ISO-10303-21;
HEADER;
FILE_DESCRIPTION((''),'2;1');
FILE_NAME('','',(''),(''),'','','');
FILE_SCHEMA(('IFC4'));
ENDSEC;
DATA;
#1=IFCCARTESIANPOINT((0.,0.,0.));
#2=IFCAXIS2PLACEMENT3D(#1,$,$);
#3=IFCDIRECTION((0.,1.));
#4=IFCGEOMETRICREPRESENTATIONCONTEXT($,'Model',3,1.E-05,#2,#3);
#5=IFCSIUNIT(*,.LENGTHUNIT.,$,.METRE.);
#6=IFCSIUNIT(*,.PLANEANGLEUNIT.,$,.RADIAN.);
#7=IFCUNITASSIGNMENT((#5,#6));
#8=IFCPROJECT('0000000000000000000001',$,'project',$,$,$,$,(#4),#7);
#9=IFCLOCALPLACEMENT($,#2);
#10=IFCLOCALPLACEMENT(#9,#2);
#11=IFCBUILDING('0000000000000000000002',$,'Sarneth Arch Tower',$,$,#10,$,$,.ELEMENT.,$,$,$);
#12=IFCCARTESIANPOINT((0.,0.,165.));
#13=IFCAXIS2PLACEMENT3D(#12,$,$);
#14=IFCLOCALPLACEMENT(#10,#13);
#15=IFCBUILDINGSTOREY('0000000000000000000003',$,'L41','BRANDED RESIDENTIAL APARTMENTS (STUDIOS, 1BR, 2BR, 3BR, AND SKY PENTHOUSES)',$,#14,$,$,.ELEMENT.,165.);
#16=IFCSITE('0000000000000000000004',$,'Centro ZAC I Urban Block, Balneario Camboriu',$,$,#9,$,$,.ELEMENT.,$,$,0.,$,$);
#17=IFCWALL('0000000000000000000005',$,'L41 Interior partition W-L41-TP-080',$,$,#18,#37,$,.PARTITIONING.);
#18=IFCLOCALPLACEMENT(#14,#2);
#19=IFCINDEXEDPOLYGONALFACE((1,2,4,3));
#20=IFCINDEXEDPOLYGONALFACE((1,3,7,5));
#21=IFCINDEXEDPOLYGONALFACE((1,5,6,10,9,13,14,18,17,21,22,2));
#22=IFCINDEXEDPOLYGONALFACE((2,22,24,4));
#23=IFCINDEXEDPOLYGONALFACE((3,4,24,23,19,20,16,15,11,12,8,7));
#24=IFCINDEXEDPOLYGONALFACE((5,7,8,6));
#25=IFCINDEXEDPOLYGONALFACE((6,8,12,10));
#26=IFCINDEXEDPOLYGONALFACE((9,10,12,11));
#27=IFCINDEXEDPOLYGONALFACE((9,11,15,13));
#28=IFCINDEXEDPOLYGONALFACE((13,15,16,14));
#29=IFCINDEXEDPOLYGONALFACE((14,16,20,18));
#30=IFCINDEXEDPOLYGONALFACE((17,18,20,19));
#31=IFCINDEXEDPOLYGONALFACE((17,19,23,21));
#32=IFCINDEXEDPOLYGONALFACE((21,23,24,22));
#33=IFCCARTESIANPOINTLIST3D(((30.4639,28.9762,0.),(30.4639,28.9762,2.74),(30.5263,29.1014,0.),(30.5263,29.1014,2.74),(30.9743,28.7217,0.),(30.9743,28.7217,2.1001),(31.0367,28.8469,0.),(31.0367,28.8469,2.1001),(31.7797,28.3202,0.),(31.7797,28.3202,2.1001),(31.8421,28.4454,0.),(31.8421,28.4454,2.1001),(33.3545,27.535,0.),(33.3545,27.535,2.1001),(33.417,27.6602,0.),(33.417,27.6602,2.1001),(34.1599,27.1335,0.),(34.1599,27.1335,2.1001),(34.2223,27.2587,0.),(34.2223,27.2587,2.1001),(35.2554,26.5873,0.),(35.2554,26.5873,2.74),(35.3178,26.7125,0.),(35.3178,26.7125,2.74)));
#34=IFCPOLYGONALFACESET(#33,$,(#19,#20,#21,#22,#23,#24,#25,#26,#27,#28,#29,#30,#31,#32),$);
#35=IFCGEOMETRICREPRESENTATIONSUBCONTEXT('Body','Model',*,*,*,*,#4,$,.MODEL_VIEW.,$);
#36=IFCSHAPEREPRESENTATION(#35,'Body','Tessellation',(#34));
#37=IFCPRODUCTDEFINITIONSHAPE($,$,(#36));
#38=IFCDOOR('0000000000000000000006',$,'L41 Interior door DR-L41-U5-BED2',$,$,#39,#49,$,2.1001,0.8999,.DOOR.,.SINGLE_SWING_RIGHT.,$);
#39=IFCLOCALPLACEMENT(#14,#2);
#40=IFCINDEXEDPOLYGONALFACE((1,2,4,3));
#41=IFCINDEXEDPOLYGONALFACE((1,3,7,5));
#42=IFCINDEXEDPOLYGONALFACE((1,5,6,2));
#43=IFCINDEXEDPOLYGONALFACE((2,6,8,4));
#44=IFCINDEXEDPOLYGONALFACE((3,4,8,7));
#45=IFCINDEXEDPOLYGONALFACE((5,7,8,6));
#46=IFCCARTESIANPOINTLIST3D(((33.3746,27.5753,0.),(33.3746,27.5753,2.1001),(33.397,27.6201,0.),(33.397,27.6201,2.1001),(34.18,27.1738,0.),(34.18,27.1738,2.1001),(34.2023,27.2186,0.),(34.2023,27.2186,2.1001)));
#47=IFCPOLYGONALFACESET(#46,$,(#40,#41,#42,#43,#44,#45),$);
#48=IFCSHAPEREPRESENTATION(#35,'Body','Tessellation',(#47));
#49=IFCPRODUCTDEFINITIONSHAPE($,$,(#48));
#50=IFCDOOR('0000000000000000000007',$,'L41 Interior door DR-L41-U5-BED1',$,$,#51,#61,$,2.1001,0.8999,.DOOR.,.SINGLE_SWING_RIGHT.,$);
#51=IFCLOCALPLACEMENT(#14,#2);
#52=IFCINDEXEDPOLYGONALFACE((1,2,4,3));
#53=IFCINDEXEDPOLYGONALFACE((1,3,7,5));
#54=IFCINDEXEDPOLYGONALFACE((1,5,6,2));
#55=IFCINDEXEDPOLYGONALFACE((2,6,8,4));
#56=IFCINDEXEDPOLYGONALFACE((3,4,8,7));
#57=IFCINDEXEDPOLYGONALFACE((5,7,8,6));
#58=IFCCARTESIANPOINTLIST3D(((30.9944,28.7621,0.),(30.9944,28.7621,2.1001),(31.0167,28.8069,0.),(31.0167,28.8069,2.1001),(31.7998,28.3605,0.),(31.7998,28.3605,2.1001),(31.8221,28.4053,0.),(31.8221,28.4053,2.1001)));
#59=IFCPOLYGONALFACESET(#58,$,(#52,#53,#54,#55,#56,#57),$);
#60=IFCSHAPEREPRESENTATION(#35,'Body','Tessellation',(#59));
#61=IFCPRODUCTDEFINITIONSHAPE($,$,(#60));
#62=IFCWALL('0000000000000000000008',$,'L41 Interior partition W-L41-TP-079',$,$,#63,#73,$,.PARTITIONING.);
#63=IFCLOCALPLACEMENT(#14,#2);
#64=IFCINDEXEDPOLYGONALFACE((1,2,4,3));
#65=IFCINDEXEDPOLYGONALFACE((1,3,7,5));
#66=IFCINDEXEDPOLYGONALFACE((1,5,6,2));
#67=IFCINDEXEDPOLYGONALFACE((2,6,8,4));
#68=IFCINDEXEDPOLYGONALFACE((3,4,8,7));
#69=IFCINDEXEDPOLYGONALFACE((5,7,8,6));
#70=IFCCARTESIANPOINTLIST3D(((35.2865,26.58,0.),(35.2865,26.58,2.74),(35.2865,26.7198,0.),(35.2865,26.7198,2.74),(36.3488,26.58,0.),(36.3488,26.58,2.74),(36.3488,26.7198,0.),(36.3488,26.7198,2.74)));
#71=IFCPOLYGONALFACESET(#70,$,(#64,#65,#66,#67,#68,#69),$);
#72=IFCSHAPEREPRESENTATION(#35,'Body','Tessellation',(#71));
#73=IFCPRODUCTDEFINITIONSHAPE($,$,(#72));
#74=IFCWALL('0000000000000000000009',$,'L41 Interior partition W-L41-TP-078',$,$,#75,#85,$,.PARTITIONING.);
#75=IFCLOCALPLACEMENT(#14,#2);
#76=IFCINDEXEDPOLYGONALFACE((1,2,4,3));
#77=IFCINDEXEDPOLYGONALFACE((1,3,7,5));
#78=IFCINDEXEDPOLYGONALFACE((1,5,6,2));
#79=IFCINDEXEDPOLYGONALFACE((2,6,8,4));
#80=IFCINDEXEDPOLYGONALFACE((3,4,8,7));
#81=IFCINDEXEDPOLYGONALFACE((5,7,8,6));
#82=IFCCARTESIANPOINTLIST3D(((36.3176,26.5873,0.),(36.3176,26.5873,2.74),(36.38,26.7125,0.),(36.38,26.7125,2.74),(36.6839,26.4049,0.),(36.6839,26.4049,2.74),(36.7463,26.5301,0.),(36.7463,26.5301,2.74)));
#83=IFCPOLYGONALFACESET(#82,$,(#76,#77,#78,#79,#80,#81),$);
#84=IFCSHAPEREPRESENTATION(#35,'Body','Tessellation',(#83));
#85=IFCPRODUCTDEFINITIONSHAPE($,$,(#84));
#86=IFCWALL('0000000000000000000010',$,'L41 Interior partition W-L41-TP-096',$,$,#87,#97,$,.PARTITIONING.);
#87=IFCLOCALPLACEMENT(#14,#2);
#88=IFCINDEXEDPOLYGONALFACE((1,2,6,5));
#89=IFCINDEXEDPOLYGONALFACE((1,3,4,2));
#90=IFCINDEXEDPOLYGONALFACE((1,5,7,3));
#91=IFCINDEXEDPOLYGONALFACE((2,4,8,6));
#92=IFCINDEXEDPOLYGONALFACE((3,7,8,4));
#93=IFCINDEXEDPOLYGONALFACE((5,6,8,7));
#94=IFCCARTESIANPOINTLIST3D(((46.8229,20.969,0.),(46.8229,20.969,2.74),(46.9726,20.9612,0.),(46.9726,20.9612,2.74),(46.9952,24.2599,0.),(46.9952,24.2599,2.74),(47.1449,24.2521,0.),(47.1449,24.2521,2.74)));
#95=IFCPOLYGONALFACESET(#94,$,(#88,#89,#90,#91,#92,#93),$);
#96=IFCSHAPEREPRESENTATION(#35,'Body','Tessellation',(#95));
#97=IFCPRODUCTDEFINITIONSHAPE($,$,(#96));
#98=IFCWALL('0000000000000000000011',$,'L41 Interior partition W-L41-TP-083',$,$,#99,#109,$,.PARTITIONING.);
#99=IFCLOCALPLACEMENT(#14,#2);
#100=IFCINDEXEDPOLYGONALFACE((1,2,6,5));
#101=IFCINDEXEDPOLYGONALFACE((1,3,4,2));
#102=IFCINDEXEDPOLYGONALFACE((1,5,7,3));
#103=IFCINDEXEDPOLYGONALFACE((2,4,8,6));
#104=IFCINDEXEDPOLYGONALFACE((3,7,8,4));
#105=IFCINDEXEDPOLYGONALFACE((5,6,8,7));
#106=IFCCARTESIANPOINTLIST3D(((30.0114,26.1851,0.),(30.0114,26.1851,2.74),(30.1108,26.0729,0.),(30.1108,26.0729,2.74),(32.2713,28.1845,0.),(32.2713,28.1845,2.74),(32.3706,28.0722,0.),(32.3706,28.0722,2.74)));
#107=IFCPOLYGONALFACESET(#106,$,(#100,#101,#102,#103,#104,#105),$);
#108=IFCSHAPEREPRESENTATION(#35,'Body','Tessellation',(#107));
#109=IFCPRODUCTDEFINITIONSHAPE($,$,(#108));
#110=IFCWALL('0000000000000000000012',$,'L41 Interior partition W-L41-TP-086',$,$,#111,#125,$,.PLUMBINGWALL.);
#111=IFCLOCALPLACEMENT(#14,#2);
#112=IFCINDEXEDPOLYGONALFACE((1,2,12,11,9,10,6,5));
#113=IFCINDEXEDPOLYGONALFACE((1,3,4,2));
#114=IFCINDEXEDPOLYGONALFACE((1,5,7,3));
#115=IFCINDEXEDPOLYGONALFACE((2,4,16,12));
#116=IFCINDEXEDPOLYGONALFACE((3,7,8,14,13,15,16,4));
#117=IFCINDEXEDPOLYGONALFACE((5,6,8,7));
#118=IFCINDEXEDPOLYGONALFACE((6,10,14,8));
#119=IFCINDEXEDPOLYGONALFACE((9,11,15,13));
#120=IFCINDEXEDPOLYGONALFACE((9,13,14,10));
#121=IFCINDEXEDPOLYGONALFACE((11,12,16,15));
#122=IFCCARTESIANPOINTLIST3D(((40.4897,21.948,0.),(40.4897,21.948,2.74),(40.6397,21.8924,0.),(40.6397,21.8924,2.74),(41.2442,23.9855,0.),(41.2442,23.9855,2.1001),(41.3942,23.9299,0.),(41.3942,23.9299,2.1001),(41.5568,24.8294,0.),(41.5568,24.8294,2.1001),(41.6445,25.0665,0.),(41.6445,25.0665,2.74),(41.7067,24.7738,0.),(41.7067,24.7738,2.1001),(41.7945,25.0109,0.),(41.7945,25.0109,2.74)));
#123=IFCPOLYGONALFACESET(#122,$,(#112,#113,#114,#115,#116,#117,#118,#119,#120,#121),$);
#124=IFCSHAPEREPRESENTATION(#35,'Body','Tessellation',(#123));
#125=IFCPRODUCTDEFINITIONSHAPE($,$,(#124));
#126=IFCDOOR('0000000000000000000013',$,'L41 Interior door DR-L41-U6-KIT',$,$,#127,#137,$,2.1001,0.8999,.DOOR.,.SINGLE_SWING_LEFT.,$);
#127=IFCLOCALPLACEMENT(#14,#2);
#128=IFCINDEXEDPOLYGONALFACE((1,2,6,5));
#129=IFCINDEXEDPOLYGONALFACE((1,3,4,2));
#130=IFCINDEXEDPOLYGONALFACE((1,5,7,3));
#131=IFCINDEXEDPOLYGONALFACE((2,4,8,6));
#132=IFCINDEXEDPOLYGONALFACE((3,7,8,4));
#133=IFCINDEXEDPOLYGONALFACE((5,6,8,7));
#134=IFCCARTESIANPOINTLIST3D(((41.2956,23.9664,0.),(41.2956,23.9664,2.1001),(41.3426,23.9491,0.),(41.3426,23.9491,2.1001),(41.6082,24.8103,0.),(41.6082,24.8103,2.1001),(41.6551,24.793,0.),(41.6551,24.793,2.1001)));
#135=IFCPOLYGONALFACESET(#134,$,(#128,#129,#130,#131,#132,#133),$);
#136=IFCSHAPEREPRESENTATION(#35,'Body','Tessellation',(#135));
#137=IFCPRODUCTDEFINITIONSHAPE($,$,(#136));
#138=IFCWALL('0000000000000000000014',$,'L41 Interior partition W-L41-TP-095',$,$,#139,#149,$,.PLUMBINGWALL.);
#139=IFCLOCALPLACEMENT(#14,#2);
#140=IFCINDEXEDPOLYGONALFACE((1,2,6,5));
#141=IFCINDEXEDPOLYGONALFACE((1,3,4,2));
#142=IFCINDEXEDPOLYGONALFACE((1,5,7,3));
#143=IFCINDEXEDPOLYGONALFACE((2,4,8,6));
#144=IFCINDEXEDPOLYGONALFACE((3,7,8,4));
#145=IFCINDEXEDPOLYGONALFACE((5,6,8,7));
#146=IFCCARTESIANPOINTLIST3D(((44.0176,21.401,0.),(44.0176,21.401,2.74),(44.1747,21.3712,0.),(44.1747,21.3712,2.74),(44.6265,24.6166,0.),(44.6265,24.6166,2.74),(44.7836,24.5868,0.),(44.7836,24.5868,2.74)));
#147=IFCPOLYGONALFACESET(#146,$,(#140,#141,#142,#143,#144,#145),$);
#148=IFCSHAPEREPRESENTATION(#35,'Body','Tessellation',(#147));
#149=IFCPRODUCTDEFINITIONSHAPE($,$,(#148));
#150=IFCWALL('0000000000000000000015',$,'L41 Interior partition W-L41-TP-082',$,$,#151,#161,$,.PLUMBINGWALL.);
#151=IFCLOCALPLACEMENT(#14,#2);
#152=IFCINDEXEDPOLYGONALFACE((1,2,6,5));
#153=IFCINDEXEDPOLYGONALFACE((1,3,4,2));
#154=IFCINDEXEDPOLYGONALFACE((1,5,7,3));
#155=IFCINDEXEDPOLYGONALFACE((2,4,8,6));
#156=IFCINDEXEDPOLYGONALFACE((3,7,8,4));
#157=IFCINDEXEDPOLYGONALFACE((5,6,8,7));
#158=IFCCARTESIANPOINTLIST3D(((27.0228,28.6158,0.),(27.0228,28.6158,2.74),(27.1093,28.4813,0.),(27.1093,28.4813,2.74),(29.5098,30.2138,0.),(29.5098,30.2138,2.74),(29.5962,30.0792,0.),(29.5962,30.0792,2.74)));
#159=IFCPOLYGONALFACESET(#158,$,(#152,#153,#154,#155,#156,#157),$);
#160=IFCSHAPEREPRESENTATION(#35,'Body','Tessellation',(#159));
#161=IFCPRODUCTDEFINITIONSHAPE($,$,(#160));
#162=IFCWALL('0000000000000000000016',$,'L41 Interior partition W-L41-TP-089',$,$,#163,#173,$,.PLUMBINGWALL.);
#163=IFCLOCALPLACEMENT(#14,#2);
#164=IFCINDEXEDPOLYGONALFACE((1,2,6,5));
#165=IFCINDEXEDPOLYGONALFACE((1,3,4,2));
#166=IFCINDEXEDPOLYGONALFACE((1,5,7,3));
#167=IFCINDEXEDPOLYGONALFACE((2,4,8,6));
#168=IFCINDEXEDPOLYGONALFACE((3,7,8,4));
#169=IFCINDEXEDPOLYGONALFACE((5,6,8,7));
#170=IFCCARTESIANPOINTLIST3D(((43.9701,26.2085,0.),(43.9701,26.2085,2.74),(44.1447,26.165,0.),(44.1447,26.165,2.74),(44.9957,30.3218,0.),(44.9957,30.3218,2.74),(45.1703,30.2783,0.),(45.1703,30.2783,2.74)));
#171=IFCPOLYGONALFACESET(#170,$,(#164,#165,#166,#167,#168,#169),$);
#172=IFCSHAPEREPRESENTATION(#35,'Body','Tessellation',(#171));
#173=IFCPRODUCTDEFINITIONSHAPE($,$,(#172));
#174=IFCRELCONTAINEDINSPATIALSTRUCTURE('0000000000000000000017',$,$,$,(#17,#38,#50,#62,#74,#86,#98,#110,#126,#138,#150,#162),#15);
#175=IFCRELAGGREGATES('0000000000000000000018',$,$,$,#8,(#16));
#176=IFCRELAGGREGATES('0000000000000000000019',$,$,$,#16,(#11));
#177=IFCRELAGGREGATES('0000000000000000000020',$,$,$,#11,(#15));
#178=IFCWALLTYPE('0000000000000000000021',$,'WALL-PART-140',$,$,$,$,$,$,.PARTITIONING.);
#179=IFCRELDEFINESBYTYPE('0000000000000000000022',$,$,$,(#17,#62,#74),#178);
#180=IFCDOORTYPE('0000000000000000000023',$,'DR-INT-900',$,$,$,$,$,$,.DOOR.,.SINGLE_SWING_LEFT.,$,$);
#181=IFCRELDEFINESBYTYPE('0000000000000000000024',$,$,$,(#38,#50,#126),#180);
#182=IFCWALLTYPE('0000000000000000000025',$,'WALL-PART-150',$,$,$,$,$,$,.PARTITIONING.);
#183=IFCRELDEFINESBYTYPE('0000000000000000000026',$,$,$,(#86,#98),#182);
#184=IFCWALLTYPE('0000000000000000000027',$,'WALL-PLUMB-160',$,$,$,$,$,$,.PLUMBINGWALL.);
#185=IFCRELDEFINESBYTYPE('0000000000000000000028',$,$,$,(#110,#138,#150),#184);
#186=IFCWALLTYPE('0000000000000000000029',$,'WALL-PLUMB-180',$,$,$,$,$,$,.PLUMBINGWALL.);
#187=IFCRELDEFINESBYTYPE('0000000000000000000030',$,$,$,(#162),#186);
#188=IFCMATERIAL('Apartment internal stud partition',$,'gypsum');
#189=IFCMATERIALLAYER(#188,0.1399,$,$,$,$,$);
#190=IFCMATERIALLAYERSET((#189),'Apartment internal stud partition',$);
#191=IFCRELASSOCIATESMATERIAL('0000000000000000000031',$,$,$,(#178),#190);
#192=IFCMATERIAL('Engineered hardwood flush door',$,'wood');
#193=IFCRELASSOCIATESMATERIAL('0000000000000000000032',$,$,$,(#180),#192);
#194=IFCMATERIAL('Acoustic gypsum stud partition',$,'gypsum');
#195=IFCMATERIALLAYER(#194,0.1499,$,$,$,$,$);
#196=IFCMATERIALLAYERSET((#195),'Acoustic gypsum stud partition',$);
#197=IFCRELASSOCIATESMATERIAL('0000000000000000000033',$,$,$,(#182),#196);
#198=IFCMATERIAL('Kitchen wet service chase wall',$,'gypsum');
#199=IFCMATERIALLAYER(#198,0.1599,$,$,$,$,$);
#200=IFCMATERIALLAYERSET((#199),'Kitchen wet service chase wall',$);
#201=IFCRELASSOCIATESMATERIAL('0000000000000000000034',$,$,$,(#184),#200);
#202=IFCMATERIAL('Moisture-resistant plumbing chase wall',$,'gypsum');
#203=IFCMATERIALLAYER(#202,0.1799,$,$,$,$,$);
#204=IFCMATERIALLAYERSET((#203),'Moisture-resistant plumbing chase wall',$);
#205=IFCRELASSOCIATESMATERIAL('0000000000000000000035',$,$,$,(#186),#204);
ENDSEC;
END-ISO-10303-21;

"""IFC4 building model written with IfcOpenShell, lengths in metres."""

from ifc_helpers import new_model, si_unit, direction, frame, frame_2d, origin, place, context, subcontext, project, spatial, rectangle, extrude, material, layer, layer_set, type_object, element, fill, save


model = new_model("IFC4")

# Units and contexts
model_context = context("Model", 3, precision=1e-05, world=origin(), true_north=direction((0.0, 1.0)))
body_context = subcontext(model_context, "Body", "Model", "MODEL_VIEW")
ifc_project = project(units=[si_unit("LENGTHUNIT", "METRE"), si_unit("PLANEANGLEUNIT", "RADIAN")], contexts=[model_context])

# Site, building, storey
site_placement = place(None, origin())
site = spatial("IfcSite", under=ifc_project, at=site_placement, Name="Centro ZAC I Urban Block, Balneario Camboriu", CompositionType="ELEMENT", RefElevation=0.0)
building_placement = place(site_placement, origin())
building = spatial("IfcBuilding", under=site, at=building_placement, Name="Sarneth Arch Tower", CompositionType="ELEMENT")
storey_placement = place(building_placement, frame((0.0, 0.0, 165.0)))
storey = spatial("IfcBuildingStorey", under=building, at=storey_placement, Name="L41", Description="BRANDED RESIDENTIAL APARTMENTS (STUDIOS, 1BR, 2BR, 3BR, AND SKY PENTHOUSES)", CompositionType="ELEMENT", Elevation=165.0)

# Wall, openings, doors
ifc_material_1 = material(Name="Apartment internal stud partition", Category="gypsum")
ifc_layer_1 = layer(ifc_material_1, 0.1399)
ifc_layer_set_1 = layer_set([ifc_layer_1], Name="Apartment internal stud partition")
wall_type_1 = type_object("IfcWallType", Name="WALL-PART-140", PredefinedType="PARTITIONING", material=ifc_layer_set_1)
wall_1_placement = place(storey_placement, frame((35.2866, 26.6499, 0.0), z_axis=(0.0, 0.0, 1.0), x_axis=(-0.894937, 0.446192, 0.0)))
wall_1 = element("IfcWall", 1, at=wall_1_placement, inside=storey, type_object=wall_type_1, Name="L41 Interior partition W-L41-TP-080", PredefinedType="PARTITIONING", context=body_context, shape_type="SweptSolid", body=[
    extrude(rectangle(XDim=5.354, YDim=0.1399, at=frame_2d((2.677, 0.0))), origin(), (0.0, 0.0, 1.0), 2.74),
])
opening_1_placement = place(wall_1_placement, frame((1.2241, 0.0, 0.0)))
opening_1 = element("IfcOpeningElement", 2, at=opening_1_placement, cuts=wall_1, PredefinedType="OPENING", context=body_context, shape_type="SweptSolid", body=[
    extrude(rectangle(XDim=0.8999, YDim=2.1001, at=frame_2d((0.45, 1.05))), frame((0.0, 0.0798, 0.0), z_axis=(0.0, -1.0, 0.0), x_axis=(1.0, 0.0, 0.0)), (0.0, 0.0, 1.0), 0.1599),
])
opening_2_placement = place(wall_1_placement, frame((3.8838, 0.0, 0.0)))
opening_2 = element("IfcOpeningElement", 3, at=opening_2_placement, cuts=wall_1, PredefinedType="OPENING", context=body_context, shape_type="SweptSolid", body=[
    extrude(rectangle(XDim=0.8999, YDim=2.1001, at=frame_2d((0.45, 1.05))), frame((0.0, 0.0798, 0.0), z_axis=(0.0, -1.0, 0.0), x_axis=(1.0, 0.0, 0.0)), (0.0, 0.0, 1.0), 0.1599),
])
ifc_material_2 = material(Name="Engineered hardwood flush door", Category="wood")
door_type = type_object("IfcDoorType", Name="DR-INT-900", OperationType="SINGLE_SWING_LEFT", PredefinedType="DOOR", material=ifc_material_2)
door_1_placement = place(opening_1_placement, origin())
door_1 = element("IfcDoor", 4, at=door_1_placement, inside=storey, type_object=door_type, Name="L41 Interior door DR-L41-U5-BED2", OperationType="SINGLE_SWING_RIGHT", OverallHeight=2.1001, OverallWidth=0.8999, PredefinedType="DOOR", context=body_context, shape_type="SweptSolid", body=[
    extrude(rectangle(XDim=0.8999, YDim=2.1001, at=frame_2d((0.45, 1.05))), frame((0.0, 0.0249, 0.0), z_axis=(0.0, -1.0, 0.0), x_axis=(1.0, 0.0, 0.0)), (0.0, 0.0, 1.0), 0.05),
])
fill(opening_1, door_1)
door_2_placement = place(opening_2_placement, origin())
door_2 = element("IfcDoor", 5, at=door_2_placement, inside=storey, type_object=door_type, Name="L41 Interior door DR-L41-U5-BED1", OperationType="SINGLE_SWING_RIGHT", OverallHeight=2.1001, OverallWidth=0.8999, PredefinedType="DOOR", context=body_context, shape_type="SweptSolid", body=[
    extrude(rectangle(XDim=0.8999, YDim=2.1001, at=frame_2d((0.45, 1.05))), frame((0.0, 0.0249, 0.0), z_axis=(0.0, -1.0, 0.0), x_axis=(1.0, 0.0, 0.0)), (0.0, 0.0, 1.0), 0.05),
])
fill(opening_2, door_2)

# Walls
wall_2_placement = place(storey_placement, frame((36.3489, 26.6499, 0.0), z_axis=(0.0, 0.0, 1.0), x_axis=(-1.0, 0.0, 0.0)))
element("IfcWall", 6, at=wall_2_placement, inside=storey, type_object=wall_type_1, Name="L41 Interior partition W-L41-TP-079", PredefinedType="PARTITIONING", context=body_context, shape_type="SweptSolid", body=[
    extrude(rectangle(XDim=1.0623, YDim=0.1399, at=frame_2d((0.5312, 0.0))), origin(), (0.0, 0.0, 1.0), 2.74),
])
wall_3_placement = place(storey_placement, frame((36.7151, 26.4675, 0.0), z_axis=(0.0, 0.0, 1.0), x_axis=(-0.895142, 0.445781, 0.0)))
element("IfcWall", 7, at=wall_3_placement, inside=storey, type_object=wall_type_1, Name="L41 Interior partition W-L41-TP-078", PredefinedType="PARTITIONING", context=body_context, shape_type="SweptSolid", body=[
    extrude(rectangle(XDim=0.4092, YDim=0.1399, at=frame_2d((0.2046, 0.0))), origin(), (0.0, 0.0, 1.0), 2.74),
])
ifc_material_3 = material(Name="Acoustic gypsum stud partition", Category="gypsum")
ifc_layer_2 = layer(ifc_material_3, 0.1499)
ifc_layer_set_2 = layer_set([ifc_layer_2], Name="Acoustic gypsum stud partition")
wall_type_2 = type_object("IfcWallType", Name="WALL-PART-150", PredefinedType="PARTITIONING", material=ifc_layer_set_2)
wall_4_placement = place(storey_placement, frame((46.8977, 20.9651, 0.0), z_axis=(0.0, 0.0, 1.0), x_axis=(0.052302, 0.998631, 0.0)))
element("IfcWall", 8, at=wall_4_placement, inside=storey, type_object=wall_type_2, Name="L41 Interior partition W-L41-TP-096", PredefinedType="PARTITIONING", context=body_context, shape_type="SweptSolid", body=[
    extrude(rectangle(XDim=3.2954, YDim=0.1499, at=frame_2d((1.6477, 0.0))), origin(), (0.0, 0.0, 1.0), 2.74),
])
wall_5_placement = place(storey_placement, frame((32.321, 28.1284, 0.0), z_axis=(0.0, 0.0, 1.0), x_axis=(-0.748956, -0.662619, 0.0)))
element("IfcWall", 9, at=wall_5_placement, inside=storey, type_object=wall_type_2, Name="L41 Interior partition W-L41-TP-083", PredefinedType="PARTITIONING", context=body_context, shape_type="SweptSolid", body=[
    extrude(rectangle(XDim=3.0173, YDim=0.1499, at=frame_2d((1.5088, 0.0))), origin(), (0.0, 0.0, 1.0), 2.74),
])

# Wall, opening, door
ifc_material_4 = material(Name="Kitchen wet service chase wall", Category="gypsum")
ifc_layer_3 = layer(ifc_material_4, 0.1599)
ifc_layer_set_3 = layer_set([ifc_layer_3], Name="Kitchen wet service chase wall")
wall_type_3 = type_object("IfcWallType", Name="WALL-PLUMB-160", PredefinedType="PLUMBINGWALL", material=ifc_layer_set_3)
wall_6_placement = place(storey_placement, frame((41.7195, 25.0386, 0.0), z_axis=(0.0, 0.0, 1.0), x_axis=(-0.347267, -0.937766, 0.0)))
wall_6 = element("IfcWall", 10, at=wall_6_placement, inside=storey, type_object=wall_type_3, Name="L41 Interior partition W-L41-TP-086", PredefinedType="PLUMBINGWALL", context=body_context, shape_type="SweptSolid", body=[
    extrude(rectangle(XDim=3.3254, YDim=0.1599, at=frame_2d((1.6626, 0.0))), origin(), (0.0, 0.0, 1.0), 2.74),
])
opening_3_placement = place(wall_6_placement, frame((0.2527, 0.0, 0.0)))
opening_3 = element("IfcOpeningElement", 11, at=opening_3_placement, cuts=wall_6, PredefinedType="OPENING", context=body_context, shape_type="SweptSolid", body=[
    extrude(rectangle(XDim=0.8999, YDim=2.1001, at=frame_2d((0.45, 1.05))), frame((0.0, 0.0898, 0.0), z_axis=(0.0, -1.0, 0.0), x_axis=(1.0, 0.0, 0.0)), (0.0, 0.0, 1.0), 0.1799),
])
door_3_placement = place(opening_3_placement, origin())
door_3 = element("IfcDoor", 12, at=door_3_placement, inside=storey, type_object=door_type, Name="L41 Interior door DR-L41-U6-KIT", OperationType="SINGLE_SWING_LEFT", OverallHeight=2.1001, OverallWidth=0.8999, PredefinedType="DOOR", context=body_context, shape_type="SweptSolid", body=[
    extrude(rectangle(XDim=0.8999, YDim=2.1001, at=frame_2d((0.45, 1.05))), frame((0.0, 0.0249, 0.0), z_axis=(0.0, -1.0, 0.0), x_axis=(1.0, 0.0, 0.0)), (0.0, 0.0, 1.0), 0.05),
])
fill(opening_3, door_3)

# Walls
wall_7_placement = place(storey_placement, frame((44.0962, 21.3862, 0.0), z_axis=(0.0, 0.0, 1.0), x_axis=(0.186049, 0.98254, 0.0)))
element("IfcWall", 13, at=wall_7_placement, inside=storey, type_object=wall_type_3, Name="L41 Interior partition W-L41-TP-095", PredefinedType="PLUMBINGWALL", context=body_context, shape_type="SweptSolid", body=[
    extrude(rectangle(XDim=3.2727, YDim=0.1599, at=frame_2d((1.6362, 0.0))), origin(), (0.0, 0.0, 1.0), 2.74),
])
wall_8_placement = place(storey_placement, frame((29.553, 30.1465, 0.0), z_axis=(0.0, 0.0, 1.0), x_axis=(-0.841297, -0.540574, 0.0)))
element("IfcWall", 14, at=wall_8_placement, inside=storey, type_object=wall_type_3, Name="L41 Interior partition W-L41-TP-082", PredefinedType="PLUMBINGWALL", context=body_context, shape_type="SweptSolid", body=[
    extrude(rectangle(XDim=2.9561, YDim=0.1599, at=frame_2d((1.478, 0.0))), origin(), (0.0, 0.0, 1.0), 2.74),
])
ifc_material_5 = material(Name="Moisture-resistant plumbing chase wall", Category="gypsum")
ifc_layer_4 = layer(ifc_material_5, 0.1799)
ifc_layer_set_4 = layer_set([ifc_layer_4], Name="Moisture-resistant plumbing chase wall")
wall_type_4 = type_object("IfcWallType", Name="WALL-PLUMB-180", PredefinedType="PLUMBINGWALL", material=ifc_layer_set_4)
wall_9_placement = place(storey_placement, frame((44.0574, 26.1868, 0.0), z_axis=(0.0, 0.0, 1.0), x_axis=(0.241939, 0.970291, 0.0)))
element("IfcWall", 15, at=wall_9_placement, inside=storey, type_object=wall_type_4, Name="L41 Interior partition W-L41-TP-089", PredefinedType="PLUMBINGWALL", context=body_context, shape_type="SweptSolid", body=[
    extrude(rectangle(XDim=4.2393, YDim=0.1799, at=frame_2d((2.1196, 0.0))), origin(), (0.0, 0.0, 1.0), 2.74),
])

save(model, "model.ifc")
